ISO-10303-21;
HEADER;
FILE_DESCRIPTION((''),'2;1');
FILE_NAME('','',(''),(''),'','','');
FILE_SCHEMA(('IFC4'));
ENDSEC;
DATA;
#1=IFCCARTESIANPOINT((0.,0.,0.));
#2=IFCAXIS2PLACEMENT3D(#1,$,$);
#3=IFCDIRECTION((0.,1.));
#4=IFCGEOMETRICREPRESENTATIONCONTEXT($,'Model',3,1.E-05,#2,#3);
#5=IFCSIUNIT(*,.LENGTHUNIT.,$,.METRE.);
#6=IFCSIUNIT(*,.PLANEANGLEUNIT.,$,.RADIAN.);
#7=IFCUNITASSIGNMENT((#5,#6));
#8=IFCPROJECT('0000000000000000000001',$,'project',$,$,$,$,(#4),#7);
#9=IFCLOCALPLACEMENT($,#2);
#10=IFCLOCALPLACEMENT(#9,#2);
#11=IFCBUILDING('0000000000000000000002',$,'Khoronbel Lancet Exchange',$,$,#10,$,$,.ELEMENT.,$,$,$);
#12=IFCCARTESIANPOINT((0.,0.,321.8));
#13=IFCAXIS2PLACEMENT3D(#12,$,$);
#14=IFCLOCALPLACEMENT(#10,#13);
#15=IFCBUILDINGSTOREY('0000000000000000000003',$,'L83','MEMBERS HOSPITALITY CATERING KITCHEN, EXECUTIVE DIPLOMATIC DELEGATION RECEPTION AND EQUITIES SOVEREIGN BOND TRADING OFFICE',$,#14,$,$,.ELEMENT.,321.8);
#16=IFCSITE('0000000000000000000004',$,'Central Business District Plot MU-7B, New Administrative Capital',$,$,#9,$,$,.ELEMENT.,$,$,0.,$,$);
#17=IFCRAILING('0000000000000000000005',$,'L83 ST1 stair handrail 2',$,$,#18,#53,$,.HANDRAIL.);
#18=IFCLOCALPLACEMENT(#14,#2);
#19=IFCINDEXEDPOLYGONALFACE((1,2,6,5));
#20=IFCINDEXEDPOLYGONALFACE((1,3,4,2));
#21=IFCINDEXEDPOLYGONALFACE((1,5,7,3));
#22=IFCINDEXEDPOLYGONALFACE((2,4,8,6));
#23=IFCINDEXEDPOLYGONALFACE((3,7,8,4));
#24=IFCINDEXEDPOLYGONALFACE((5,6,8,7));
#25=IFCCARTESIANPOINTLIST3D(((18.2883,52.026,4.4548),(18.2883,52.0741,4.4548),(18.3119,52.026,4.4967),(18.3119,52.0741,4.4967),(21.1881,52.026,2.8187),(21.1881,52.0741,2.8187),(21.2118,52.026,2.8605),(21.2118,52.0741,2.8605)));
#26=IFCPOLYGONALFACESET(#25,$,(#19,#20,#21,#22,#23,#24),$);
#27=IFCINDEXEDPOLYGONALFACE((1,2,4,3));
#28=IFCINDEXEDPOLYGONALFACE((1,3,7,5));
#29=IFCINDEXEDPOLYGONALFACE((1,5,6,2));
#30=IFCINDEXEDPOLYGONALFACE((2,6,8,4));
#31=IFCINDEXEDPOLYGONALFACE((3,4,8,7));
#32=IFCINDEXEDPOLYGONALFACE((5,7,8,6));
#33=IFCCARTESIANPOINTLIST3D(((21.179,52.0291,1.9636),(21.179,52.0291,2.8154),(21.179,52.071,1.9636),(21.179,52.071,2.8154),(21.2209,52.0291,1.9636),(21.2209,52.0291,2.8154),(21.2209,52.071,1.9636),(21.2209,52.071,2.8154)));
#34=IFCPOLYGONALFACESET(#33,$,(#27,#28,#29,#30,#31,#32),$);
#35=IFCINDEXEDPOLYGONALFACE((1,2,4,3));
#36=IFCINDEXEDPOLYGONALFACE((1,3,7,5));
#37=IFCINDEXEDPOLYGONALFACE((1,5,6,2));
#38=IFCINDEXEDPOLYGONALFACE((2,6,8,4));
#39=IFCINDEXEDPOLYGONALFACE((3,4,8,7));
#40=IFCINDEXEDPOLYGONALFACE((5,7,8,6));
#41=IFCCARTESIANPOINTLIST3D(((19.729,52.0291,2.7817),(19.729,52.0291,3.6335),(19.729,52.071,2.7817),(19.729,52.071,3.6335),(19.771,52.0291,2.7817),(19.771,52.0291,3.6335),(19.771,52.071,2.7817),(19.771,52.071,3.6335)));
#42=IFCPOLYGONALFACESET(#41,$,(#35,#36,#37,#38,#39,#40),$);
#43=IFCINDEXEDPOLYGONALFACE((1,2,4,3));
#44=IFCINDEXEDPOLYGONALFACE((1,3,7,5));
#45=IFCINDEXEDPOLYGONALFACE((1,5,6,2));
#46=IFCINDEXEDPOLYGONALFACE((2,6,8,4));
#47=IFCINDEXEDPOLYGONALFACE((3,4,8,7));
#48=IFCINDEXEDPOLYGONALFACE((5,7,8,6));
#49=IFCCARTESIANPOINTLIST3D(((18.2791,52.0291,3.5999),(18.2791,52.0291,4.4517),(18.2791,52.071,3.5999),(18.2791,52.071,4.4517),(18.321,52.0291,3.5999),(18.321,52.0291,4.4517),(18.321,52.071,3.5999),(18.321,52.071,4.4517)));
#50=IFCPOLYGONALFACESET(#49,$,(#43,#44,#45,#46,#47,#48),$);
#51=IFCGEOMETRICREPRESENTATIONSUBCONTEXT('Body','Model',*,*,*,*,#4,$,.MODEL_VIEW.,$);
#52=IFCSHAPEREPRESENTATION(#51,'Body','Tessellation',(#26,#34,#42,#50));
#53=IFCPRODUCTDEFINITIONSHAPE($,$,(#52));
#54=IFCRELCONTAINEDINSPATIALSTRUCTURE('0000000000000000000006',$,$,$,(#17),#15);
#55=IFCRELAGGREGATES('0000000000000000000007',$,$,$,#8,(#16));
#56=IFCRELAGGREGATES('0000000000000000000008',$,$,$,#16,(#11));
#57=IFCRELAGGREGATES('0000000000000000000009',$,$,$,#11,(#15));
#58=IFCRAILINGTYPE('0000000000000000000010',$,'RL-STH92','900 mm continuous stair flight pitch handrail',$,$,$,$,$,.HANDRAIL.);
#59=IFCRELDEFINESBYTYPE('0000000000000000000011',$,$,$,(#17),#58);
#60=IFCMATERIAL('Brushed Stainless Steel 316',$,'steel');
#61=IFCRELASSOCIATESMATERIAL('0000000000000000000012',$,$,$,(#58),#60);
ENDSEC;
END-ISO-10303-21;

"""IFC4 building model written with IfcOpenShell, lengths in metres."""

from ifc_helpers import new_model, si_unit, direction, frame, origin, origin_2d, place, context, subcontext, project, spatial, rectangle, extrude, material, type_object, element, save


model = new_model("IFC4")

# Units and contexts
model_context = context("Model", 3, precision=1e-05, world=origin(), true_north=direction((0.0, 1.0)))
body_context = subcontext(model_context, "Body", "Model", "MODEL_VIEW")
ifc_project = project(units=[si_unit("LENGTHUNIT", "METRE"), si_unit("PLANEANGLEUNIT", "RADIAN")], contexts=[model_context])

# Site, building, storey
site_placement = place(None, origin())
site = spatial("IfcSite", under=ifc_project, at=site_placement, Name="Central Business District Plot MU-7B, New Administrative Capital", CompositionType="ELEMENT", RefElevation=0.0)
building_placement = place(site_placement, origin())
building = spatial("IfcBuilding", under=site, at=building_placement, Name="Khoronbel Lancet Exchange", CompositionType="ELEMENT")
storey_placement = place(building_placement, frame((0.0, 0.0, 321.8)))
storey = spatial("IfcBuildingStorey", under=building, at=storey_placement, Name="L83", Description="MEMBERS HOSPITALITY CATERING KITCHEN, EXECUTIVE DIPLOMATIC DELEGATION RECEPTION AND EQUITIES SOVEREIGN BOND TRADING OFFICE", CompositionType="ELEMENT", Elevation=321.8)

# Railing
ifc_material_1 = material(Name="Brushed Stainless Steel 316", Category="steel")
railing_type_1 = type_object("IfcRailingType", Name="RL-STH92", Description="900 mm continuous stair flight pitch handrail", PredefinedType="HANDRAIL", material=ifc_material_1)
railing_1_placement = place(storey_placement, frame((21.2, 52.05, 1.9636)))
element("IfcRailing", 1, at=railing_1_placement, inside=storey, type_object=railing_type_1, Name="L83 ST1 stair handrail 2", PredefinedType="HANDRAIL", context=body_context, shape_type="SweptSolid", body=[
    extrude(rectangle(XDim=0.0481, YDim=0.0481, at=origin_2d()), frame((0.0, 0.0, 0.876), z_axis=(-0.870929, 0.0, 0.49141), x_axis=(0.0, -1.0, 0.0)), (0.0, 0.0, 1.0), 3.3296),
    extrude(rectangle(XDim=0.042, YDim=0.042, at=origin_2d()), origin(), (0.0, 0.0, 1.0), 0.8518),
    extrude(rectangle(XDim=0.042, YDim=0.042, at=origin_2d()), frame((-1.45, 0.0, 0.8181)), (0.0, 0.0, 1.0), 0.8518),
    extrude(rectangle(XDim=0.042, YDim=0.042, at=origin_2d()), frame((-2.8999, 0.0, 1.6362)), (0.0, 0.0, 1.0), 0.8518),
])

save(model, "model.ifc")
